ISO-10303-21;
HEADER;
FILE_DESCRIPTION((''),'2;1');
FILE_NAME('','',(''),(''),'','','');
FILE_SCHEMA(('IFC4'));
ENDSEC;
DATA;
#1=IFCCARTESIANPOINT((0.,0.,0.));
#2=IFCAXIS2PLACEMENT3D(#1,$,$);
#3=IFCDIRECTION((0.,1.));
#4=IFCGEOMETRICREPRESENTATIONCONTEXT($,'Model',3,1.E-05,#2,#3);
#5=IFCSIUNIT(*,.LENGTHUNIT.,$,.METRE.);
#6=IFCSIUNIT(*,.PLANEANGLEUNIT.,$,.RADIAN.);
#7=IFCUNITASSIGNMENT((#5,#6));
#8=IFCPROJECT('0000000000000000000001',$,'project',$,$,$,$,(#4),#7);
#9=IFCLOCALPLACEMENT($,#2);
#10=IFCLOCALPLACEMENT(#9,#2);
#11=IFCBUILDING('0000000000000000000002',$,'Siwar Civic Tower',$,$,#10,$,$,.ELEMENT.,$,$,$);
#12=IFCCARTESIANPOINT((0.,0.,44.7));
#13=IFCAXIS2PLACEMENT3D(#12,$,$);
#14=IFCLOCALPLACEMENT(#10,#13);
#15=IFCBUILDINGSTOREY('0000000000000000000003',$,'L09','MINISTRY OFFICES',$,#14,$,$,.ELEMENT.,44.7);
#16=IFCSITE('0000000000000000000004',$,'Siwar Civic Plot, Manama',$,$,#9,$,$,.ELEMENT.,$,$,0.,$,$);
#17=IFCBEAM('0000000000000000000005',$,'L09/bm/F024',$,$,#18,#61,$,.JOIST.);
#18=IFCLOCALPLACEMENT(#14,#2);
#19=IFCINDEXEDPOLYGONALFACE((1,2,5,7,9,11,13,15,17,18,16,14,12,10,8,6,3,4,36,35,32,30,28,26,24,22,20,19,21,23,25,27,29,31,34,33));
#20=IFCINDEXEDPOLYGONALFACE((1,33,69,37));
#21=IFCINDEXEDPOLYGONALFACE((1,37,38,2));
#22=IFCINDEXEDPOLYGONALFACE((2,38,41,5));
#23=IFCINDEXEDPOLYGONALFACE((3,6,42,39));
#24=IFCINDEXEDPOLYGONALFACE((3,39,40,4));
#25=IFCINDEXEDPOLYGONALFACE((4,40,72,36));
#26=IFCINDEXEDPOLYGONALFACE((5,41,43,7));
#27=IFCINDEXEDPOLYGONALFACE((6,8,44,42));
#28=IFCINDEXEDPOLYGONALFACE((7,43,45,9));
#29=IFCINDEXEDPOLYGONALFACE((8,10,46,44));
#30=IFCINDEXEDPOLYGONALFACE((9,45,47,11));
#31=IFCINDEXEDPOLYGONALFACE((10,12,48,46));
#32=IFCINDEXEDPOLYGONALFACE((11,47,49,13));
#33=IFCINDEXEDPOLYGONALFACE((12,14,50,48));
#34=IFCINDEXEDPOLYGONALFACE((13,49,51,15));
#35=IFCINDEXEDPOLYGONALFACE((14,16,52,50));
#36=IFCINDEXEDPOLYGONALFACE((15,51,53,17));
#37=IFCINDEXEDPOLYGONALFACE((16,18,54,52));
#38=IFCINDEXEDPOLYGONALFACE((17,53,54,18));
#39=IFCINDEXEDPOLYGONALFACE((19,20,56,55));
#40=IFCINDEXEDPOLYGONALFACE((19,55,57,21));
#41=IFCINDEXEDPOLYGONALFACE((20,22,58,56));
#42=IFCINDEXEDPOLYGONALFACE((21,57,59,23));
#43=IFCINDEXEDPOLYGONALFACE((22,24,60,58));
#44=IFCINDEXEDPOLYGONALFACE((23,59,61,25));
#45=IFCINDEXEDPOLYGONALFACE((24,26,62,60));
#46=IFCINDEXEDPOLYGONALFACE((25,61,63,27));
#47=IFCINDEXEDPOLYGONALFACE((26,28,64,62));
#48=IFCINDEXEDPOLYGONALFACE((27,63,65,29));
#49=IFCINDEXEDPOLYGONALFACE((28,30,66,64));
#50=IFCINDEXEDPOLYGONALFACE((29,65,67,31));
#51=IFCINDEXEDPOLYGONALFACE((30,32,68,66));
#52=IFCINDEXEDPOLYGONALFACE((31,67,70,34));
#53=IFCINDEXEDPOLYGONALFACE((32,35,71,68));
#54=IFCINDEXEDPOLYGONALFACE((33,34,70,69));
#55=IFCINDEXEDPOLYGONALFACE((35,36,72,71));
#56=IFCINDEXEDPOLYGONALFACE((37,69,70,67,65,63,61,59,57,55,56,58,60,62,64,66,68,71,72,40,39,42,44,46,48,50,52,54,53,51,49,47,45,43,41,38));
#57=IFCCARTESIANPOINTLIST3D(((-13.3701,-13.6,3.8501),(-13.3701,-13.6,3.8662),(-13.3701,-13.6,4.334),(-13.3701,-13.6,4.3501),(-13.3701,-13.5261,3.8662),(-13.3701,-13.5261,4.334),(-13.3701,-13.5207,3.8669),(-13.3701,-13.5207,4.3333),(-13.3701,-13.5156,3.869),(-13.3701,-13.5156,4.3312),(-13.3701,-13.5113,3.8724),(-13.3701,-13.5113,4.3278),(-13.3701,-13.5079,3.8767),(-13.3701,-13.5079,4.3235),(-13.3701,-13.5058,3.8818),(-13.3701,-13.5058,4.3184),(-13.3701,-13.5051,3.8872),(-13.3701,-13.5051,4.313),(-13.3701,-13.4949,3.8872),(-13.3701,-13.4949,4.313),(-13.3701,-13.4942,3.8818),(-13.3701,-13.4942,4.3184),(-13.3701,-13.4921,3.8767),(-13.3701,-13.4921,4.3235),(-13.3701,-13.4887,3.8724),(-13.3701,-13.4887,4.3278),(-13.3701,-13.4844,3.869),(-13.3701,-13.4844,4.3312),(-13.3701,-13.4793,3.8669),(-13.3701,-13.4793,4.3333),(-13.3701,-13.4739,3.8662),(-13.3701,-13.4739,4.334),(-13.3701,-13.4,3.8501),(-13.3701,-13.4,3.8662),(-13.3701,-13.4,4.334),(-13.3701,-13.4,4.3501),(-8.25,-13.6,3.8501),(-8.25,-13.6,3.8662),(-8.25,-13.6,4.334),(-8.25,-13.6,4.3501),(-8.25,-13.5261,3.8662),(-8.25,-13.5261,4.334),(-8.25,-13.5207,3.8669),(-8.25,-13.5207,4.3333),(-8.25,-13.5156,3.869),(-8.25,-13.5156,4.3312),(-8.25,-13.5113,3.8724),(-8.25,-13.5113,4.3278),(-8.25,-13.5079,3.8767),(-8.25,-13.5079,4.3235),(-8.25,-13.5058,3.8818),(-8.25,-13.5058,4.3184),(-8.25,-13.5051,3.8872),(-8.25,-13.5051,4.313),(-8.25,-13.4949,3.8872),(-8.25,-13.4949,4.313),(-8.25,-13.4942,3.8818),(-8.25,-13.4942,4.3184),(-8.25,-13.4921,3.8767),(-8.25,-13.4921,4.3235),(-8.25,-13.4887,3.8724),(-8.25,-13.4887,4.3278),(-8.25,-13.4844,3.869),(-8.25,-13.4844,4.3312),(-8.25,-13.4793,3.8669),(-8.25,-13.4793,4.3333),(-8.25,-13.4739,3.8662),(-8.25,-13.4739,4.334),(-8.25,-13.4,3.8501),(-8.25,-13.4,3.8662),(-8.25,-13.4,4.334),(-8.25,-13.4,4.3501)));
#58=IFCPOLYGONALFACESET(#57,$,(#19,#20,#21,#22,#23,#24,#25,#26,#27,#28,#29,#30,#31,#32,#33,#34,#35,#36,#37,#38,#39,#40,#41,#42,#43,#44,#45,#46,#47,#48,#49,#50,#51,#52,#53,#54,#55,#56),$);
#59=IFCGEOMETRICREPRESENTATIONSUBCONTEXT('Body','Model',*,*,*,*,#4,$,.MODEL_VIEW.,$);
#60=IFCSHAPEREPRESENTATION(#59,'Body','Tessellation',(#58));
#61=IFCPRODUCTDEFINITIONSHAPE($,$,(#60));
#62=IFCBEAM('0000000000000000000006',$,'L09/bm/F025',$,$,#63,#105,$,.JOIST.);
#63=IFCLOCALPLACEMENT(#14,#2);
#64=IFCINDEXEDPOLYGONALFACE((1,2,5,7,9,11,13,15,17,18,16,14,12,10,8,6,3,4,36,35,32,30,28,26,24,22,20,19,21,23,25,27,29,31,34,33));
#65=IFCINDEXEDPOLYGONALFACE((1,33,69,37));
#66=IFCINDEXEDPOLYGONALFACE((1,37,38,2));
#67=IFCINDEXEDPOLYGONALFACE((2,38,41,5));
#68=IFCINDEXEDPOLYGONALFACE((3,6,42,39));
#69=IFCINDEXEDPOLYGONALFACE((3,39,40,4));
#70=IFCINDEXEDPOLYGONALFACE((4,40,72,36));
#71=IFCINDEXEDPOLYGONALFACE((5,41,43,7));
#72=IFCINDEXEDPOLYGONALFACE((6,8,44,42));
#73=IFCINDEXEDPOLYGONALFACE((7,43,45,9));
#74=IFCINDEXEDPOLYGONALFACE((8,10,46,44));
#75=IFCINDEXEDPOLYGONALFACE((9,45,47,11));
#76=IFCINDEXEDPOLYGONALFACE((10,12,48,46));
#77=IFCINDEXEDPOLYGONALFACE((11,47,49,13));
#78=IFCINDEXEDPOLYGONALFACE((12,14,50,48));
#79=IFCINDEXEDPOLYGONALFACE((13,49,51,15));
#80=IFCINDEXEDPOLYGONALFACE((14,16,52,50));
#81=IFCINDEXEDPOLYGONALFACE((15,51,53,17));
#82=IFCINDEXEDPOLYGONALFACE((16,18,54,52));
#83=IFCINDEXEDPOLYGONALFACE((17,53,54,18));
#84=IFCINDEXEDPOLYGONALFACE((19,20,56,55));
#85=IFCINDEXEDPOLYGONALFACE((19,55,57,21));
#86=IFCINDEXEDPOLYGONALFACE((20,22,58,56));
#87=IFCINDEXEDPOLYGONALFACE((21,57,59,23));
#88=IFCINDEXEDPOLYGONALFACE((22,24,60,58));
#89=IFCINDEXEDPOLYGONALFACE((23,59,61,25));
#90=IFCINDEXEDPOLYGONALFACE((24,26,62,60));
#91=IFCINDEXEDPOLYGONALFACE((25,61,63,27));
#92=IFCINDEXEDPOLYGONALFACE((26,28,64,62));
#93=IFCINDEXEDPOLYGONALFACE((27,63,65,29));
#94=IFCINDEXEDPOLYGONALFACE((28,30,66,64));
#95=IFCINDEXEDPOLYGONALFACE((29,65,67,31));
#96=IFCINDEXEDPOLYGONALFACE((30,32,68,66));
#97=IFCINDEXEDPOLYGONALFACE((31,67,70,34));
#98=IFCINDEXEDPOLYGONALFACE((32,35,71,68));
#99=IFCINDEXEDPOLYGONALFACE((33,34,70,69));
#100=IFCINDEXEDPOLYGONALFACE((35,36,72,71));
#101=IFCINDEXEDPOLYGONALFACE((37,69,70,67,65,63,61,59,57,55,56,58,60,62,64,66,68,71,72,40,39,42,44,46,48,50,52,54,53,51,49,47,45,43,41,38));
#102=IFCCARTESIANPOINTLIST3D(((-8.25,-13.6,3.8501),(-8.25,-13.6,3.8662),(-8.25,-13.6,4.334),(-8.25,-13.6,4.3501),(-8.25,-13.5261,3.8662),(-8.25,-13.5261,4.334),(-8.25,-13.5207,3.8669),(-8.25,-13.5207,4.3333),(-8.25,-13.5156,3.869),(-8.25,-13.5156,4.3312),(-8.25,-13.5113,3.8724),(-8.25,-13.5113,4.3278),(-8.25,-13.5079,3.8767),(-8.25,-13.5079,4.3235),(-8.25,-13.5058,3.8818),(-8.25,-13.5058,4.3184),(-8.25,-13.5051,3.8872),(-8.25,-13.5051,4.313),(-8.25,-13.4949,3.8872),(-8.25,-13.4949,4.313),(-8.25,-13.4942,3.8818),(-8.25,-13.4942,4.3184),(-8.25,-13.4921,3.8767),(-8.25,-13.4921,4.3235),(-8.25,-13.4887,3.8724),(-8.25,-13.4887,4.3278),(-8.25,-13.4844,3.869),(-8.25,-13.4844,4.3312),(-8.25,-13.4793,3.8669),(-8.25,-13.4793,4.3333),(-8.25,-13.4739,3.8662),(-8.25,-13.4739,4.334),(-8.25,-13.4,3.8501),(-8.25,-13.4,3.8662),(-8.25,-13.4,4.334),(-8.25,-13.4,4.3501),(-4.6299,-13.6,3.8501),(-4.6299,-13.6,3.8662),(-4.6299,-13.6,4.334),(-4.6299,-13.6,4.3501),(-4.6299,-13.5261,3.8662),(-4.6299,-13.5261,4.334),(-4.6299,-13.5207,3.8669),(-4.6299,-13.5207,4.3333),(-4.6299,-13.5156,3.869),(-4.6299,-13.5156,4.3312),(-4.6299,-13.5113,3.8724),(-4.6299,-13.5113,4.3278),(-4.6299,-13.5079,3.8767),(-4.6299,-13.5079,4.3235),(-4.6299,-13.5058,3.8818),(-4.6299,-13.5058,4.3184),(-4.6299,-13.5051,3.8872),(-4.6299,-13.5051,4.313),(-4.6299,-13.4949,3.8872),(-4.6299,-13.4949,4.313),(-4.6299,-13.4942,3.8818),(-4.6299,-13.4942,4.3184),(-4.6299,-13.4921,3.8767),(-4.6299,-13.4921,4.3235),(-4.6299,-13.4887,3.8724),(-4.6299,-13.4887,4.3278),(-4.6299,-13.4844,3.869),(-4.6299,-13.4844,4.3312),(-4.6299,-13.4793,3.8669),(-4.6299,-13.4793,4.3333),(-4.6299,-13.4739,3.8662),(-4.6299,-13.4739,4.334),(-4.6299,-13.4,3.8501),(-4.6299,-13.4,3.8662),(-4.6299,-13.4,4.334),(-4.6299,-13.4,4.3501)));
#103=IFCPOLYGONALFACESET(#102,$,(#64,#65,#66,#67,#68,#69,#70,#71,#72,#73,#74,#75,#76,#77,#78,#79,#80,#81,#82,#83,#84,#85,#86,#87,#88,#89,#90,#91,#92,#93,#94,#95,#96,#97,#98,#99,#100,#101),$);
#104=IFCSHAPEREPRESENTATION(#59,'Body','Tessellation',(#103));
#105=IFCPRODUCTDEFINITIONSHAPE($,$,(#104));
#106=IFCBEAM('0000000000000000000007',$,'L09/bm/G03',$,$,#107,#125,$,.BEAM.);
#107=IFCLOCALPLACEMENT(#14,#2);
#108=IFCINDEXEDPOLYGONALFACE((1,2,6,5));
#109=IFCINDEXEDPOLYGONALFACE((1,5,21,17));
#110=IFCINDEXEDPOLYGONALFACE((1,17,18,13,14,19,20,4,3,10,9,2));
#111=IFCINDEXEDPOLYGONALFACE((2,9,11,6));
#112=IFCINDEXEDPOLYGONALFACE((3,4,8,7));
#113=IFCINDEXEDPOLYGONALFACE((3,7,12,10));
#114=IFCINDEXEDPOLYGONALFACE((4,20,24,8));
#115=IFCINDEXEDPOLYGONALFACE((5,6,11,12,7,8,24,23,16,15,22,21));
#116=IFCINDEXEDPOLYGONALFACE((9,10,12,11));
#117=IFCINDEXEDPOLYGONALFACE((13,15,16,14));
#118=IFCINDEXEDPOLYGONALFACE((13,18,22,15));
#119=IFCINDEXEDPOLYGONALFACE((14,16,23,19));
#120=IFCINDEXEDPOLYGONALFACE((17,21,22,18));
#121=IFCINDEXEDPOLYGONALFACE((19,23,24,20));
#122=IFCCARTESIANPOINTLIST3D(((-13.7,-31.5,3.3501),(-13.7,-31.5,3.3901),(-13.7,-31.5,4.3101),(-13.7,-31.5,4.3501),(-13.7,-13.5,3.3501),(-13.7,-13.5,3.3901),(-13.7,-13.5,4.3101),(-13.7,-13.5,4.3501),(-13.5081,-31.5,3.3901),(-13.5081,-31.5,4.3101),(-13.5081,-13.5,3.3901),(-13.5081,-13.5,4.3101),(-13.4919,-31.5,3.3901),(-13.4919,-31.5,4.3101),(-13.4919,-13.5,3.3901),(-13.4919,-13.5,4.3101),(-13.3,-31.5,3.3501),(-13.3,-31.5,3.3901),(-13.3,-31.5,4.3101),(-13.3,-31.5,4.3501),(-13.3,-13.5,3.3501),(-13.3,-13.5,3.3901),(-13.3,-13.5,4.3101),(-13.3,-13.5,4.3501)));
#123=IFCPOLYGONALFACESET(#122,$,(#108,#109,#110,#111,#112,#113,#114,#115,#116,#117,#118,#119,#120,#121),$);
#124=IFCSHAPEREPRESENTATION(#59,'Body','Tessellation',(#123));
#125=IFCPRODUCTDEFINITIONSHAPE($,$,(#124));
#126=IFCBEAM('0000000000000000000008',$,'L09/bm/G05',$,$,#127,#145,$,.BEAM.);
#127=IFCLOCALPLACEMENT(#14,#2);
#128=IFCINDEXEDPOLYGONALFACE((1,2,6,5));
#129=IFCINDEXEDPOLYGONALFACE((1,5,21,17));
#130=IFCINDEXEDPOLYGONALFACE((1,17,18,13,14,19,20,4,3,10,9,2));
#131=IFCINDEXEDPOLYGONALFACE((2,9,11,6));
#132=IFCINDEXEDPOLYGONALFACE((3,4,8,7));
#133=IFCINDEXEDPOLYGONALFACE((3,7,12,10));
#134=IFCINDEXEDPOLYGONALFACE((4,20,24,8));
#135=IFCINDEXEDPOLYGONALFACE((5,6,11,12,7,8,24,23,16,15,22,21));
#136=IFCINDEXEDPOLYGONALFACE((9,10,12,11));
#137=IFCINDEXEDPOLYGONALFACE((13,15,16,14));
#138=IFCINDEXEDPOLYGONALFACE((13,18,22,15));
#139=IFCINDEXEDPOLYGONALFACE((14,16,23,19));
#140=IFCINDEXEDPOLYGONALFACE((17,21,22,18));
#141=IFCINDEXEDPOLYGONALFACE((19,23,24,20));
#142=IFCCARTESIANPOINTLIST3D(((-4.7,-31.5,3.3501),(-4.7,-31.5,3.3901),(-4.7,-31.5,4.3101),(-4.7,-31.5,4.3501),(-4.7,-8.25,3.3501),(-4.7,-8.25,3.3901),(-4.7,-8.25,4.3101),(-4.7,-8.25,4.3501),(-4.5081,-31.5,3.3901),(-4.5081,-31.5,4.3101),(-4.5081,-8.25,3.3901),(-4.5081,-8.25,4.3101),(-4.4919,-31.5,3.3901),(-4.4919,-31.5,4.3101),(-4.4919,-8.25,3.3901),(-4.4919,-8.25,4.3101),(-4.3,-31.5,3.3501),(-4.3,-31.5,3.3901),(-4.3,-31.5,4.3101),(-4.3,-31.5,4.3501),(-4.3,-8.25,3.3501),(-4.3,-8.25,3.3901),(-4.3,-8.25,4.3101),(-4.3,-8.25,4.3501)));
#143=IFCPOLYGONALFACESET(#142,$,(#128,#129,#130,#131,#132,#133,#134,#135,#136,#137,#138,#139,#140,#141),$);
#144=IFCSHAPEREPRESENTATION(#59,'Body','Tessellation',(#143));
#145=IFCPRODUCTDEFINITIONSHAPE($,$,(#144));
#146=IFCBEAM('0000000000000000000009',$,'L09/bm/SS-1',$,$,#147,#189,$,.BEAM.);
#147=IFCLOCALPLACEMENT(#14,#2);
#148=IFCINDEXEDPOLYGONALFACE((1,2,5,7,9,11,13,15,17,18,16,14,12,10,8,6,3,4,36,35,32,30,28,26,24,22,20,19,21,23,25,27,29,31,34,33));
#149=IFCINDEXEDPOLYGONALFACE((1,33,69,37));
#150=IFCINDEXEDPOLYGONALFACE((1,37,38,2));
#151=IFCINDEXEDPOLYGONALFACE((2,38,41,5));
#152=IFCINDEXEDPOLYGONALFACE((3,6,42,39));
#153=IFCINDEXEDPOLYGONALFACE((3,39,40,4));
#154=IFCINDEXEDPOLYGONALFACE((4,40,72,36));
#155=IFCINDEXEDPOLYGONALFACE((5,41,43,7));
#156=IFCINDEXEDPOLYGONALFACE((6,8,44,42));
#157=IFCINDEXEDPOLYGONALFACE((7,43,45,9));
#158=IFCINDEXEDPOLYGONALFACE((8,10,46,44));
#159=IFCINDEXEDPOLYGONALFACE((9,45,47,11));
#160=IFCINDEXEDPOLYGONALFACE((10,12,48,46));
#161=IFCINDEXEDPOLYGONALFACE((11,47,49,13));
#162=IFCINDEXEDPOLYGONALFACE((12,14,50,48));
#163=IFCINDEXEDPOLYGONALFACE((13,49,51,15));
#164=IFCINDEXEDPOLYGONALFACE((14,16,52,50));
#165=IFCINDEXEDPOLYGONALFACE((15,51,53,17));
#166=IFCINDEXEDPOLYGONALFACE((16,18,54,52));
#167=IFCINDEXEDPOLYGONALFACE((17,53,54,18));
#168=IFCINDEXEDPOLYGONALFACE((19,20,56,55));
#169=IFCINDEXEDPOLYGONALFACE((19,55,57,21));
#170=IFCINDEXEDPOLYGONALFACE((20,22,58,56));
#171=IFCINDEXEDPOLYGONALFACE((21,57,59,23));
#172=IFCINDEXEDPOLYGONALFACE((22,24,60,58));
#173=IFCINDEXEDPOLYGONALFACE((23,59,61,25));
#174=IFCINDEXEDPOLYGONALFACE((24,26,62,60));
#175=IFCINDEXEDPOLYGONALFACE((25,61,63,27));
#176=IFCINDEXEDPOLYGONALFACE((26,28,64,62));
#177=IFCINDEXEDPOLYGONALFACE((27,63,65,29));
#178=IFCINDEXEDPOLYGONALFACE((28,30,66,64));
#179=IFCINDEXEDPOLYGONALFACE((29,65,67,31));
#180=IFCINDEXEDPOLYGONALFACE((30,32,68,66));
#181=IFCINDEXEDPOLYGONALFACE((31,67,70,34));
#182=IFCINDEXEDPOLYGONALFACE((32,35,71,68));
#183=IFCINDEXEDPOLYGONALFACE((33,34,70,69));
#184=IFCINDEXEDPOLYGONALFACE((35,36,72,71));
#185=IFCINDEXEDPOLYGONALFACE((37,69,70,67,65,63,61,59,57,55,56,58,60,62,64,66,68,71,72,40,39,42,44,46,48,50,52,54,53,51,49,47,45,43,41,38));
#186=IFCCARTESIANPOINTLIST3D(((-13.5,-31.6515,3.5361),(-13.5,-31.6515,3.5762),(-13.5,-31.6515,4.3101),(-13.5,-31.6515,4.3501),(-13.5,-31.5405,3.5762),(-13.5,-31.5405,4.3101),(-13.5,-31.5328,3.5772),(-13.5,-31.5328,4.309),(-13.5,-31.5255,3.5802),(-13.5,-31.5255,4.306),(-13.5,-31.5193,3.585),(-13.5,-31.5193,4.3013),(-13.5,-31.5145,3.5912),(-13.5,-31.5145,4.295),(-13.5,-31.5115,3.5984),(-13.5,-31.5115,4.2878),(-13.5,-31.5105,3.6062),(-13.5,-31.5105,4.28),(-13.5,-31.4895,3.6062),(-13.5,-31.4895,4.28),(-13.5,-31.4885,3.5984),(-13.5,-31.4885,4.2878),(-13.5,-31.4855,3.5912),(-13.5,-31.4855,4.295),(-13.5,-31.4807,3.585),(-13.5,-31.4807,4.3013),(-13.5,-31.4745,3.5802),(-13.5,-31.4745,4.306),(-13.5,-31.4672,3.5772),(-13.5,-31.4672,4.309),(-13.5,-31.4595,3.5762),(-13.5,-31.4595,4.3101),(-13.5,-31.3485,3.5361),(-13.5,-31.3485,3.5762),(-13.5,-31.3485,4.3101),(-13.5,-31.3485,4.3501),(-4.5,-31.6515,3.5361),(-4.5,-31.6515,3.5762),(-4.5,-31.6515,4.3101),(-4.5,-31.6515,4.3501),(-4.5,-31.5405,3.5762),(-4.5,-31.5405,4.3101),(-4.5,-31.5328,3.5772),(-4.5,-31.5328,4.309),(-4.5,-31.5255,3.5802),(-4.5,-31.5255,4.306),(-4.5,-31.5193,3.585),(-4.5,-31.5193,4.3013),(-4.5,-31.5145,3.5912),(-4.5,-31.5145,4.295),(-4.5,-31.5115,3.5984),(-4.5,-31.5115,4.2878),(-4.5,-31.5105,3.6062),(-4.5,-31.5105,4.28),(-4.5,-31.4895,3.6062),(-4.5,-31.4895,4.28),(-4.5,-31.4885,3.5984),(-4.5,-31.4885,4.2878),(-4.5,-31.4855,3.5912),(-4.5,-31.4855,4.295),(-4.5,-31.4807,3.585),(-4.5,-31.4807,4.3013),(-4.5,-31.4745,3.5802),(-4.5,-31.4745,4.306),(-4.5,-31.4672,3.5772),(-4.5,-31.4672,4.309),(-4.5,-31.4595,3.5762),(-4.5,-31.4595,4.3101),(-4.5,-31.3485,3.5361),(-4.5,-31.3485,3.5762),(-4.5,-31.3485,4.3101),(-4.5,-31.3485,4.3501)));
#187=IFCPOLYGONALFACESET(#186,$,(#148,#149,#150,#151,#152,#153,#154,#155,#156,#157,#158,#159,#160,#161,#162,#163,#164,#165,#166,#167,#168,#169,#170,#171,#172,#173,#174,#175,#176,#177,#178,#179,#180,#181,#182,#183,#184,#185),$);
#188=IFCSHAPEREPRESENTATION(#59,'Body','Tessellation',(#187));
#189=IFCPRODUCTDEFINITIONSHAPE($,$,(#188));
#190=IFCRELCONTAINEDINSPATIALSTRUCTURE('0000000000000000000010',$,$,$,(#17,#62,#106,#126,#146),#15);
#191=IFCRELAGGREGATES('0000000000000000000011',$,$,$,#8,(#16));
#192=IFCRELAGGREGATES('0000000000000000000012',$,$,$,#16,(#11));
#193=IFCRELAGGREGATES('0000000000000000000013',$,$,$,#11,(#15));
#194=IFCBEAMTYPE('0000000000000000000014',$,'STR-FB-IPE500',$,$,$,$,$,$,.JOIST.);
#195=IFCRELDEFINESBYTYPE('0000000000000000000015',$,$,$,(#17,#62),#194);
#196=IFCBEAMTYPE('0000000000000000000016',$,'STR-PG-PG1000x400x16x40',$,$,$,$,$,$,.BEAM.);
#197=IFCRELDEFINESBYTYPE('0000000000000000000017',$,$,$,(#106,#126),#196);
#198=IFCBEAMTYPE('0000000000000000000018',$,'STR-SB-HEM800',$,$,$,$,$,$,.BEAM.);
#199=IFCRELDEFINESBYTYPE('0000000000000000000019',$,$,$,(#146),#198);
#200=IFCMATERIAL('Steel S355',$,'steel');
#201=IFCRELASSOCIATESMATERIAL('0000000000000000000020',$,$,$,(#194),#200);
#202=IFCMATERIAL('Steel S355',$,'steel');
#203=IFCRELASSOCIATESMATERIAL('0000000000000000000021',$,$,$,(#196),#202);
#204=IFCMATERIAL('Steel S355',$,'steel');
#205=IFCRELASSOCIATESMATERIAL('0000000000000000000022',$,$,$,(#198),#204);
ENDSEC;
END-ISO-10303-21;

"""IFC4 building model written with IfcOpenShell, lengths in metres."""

from ifc_helpers import new_model, si_unit, direction, frame, origin, origin_2d, place, context, subcontext, project, spatial, i_section, extrude, material, material_profile, profile_set, type_object, element, save


model = new_model("IFC4")

# Units and contexts
model_context = context("Model", 3, precision=1e-05, world=origin(), true_north=direction((0.0, 1.0)))
body_context = subcontext(model_context, "Body", "Model", "MODEL_VIEW")
ifc_project = project(units=[si_unit("LENGTHUNIT", "METRE"), si_unit("PLANEANGLEUNIT", "RADIAN")], contexts=[model_context])

# Site, building, storey
site_placement = place(None, origin())
site = spatial("IfcSite", under=ifc_project, at=site_placement, Name="Siwar Civic Plot, Manama", CompositionType="ELEMENT", RefElevation=0.0)
building_placement = place(site_placement, origin())
building = spatial("IfcBuilding", under=site, at=building_placement, Name="Siwar Civic Tower", CompositionType="ELEMENT")
storey_placement = place(building_placement, frame((0.0, 0.0, 44.7)))
storey = spatial("IfcBuildingStorey", under=building, at=storey_placement, Name="L09", Description="MINISTRY OFFICES", CompositionType="ELEMENT", Elevation=44.7)

# Beams
ifc_material_1 = material(Name="Steel S355", Category="steel")
ifc_material_profile_1 = material_profile(ifc_material_1, i_section(OverallWidth=0.2, OverallDepth=0.5, WebThickness=0.0103, FlangeThickness=0.0161, FilletRadius=0.021, at=origin_2d()), Name="IPE500")
ifc_profile_set_1 = profile_set([ifc_material_profile_1], Name="Steel S355")
beam_type_1 = type_object("IfcBeamType", Name="STR-FB-IPE500", PredefinedType="JOIST", material=ifc_profile_set_1)
beam_1_placement = place(storey_placement, frame((-13.3701, -13.5, 4.1001), z_axis=(1.0, 0.0, 0.0), x_axis=(0.0, 1.0, 0.0)))
element("IfcBeam", 1, at=beam_1_placement, inside=storey, type_object=beam_type_1, Name="L09/bm/F024", PredefinedType="JOIST", context=body_context, shape_type="SweptSolid", body=[
    extrude(i_section(OverallWidth=0.2, OverallDepth=0.5, WebThickness=0.0103, FlangeThickness=0.0161, FilletRadius=0.021, at=origin_2d()), origin(), (0.0, 0.0, 1.0), 5.1201),
])
beam_2_placement = place(storey_placement, frame((-8.25, -13.5, 4.1001), z_axis=(1.0, 0.0, 0.0), x_axis=(0.0, 1.0, 0.0)))
element("IfcBeam", 2, at=beam_2_placement, inside=storey, type_object=beam_type_1, Name="L09/bm/F025", PredefinedType="JOIST", context=body_context, shape_type="SweptSolid", body=[
    extrude(i_section(OverallWidth=0.2, OverallDepth=0.5, WebThickness=0.0103, FlangeThickness=0.0161, FilletRadius=0.021, at=origin_2d()), origin(), (0.0, 0.0, 1.0), 3.6201),
])
ifc_material_2 = material(Name="Steel S355", Category="steel")
ifc_material_profile_2 = material_profile(ifc_material_2, i_section(OverallWidth=0.3999, OverallDepth=1.0, WebThickness=0.0161, FlangeThickness=0.04, at=origin_2d()), Name="PG1000x400x16x40")
ifc_profile_set_2 = profile_set([ifc_material_profile_2], Name="Steel S355")
beam_type_2 = type_object("IfcBeamType", Name="STR-PG-PG1000x400x16x40", PredefinedType="BEAM", material=ifc_profile_set_2)
beam_3_placement = place(storey_placement, frame((-13.5, -31.5, 3.8501), z_axis=(0.0, 1.0, 0.0), x_axis=(-1.0, 0.0, 0.0)))
element("IfcBeam", 3, at=beam_3_placement, inside=storey, type_object=beam_type_2, Name="L09/bm/G03", PredefinedType="BEAM", context=body_context, shape_type="SweptSolid", body=[
    extrude(i_section(OverallWidth=0.3999, OverallDepth=1.0, WebThickness=0.0161, FlangeThickness=0.04, at=origin_2d()), origin(), (0.0, 0.0, 1.0), 18.0),
])
beam_4_placement = place(storey_placement, frame((-4.5, -31.5, 3.8501), z_axis=(0.0, 1.0, 0.0), x_axis=(-1.0, 0.0, 0.0)))
element("IfcBeam", 4, at=beam_4_placement, inside=storey, type_object=beam_type_2, Name="L09/bm/G05", PredefinedType="BEAM", context=body_context, shape_type="SweptSolid", body=[
    extrude(i_section(OverallWidth=0.3999, OverallDepth=1.0, WebThickness=0.0161, FlangeThickness=0.04, at=origin_2d()), origin(), (0.0, 0.0, 1.0), 23.25),
])
ifc_material_3 = material(Name="Steel S355", Category="steel")
ifc_material_profile_3 = material_profile(ifc_material_3, i_section(OverallWidth=0.303, OverallDepth=0.814, WebThickness=0.021, FlangeThickness=0.04, FilletRadius=0.03, at=origin_2d()), Name="HEM800")
ifc_profile_set_3 = profile_set([ifc_material_profile_3], Name="Steel S355")
beam_type_3 = type_object("IfcBeamType", Name="STR-SB-HEM800", PredefinedType="BEAM", material=ifc_profile_set_3)
for number, where, z_axis, x_axis, name in (
    (5, (-13.5, -31.5, 3.9431), (1.0, 0.0, 0.0), (0.0, 1.0, 0.0), "L09/bm/SS-1"),
):
    element("IfcBeam", number, at=place(storey_placement, frame(where, z_axis=z_axis, x_axis=x_axis)), inside=storey, type_object=beam_type_3, Name=name, PredefinedType="BEAM", context=body_context, shape_type="SweptSolid", body=[
        extrude(i_section(OverallWidth=0.303, OverallDepth=0.814, WebThickness=0.021, FlangeThickness=0.04, FilletRadius=0.03, at=origin_2d()), origin(), (0.0, 0.0, 1.0), 9.0),
    ])

save(model, "model.ifc")
